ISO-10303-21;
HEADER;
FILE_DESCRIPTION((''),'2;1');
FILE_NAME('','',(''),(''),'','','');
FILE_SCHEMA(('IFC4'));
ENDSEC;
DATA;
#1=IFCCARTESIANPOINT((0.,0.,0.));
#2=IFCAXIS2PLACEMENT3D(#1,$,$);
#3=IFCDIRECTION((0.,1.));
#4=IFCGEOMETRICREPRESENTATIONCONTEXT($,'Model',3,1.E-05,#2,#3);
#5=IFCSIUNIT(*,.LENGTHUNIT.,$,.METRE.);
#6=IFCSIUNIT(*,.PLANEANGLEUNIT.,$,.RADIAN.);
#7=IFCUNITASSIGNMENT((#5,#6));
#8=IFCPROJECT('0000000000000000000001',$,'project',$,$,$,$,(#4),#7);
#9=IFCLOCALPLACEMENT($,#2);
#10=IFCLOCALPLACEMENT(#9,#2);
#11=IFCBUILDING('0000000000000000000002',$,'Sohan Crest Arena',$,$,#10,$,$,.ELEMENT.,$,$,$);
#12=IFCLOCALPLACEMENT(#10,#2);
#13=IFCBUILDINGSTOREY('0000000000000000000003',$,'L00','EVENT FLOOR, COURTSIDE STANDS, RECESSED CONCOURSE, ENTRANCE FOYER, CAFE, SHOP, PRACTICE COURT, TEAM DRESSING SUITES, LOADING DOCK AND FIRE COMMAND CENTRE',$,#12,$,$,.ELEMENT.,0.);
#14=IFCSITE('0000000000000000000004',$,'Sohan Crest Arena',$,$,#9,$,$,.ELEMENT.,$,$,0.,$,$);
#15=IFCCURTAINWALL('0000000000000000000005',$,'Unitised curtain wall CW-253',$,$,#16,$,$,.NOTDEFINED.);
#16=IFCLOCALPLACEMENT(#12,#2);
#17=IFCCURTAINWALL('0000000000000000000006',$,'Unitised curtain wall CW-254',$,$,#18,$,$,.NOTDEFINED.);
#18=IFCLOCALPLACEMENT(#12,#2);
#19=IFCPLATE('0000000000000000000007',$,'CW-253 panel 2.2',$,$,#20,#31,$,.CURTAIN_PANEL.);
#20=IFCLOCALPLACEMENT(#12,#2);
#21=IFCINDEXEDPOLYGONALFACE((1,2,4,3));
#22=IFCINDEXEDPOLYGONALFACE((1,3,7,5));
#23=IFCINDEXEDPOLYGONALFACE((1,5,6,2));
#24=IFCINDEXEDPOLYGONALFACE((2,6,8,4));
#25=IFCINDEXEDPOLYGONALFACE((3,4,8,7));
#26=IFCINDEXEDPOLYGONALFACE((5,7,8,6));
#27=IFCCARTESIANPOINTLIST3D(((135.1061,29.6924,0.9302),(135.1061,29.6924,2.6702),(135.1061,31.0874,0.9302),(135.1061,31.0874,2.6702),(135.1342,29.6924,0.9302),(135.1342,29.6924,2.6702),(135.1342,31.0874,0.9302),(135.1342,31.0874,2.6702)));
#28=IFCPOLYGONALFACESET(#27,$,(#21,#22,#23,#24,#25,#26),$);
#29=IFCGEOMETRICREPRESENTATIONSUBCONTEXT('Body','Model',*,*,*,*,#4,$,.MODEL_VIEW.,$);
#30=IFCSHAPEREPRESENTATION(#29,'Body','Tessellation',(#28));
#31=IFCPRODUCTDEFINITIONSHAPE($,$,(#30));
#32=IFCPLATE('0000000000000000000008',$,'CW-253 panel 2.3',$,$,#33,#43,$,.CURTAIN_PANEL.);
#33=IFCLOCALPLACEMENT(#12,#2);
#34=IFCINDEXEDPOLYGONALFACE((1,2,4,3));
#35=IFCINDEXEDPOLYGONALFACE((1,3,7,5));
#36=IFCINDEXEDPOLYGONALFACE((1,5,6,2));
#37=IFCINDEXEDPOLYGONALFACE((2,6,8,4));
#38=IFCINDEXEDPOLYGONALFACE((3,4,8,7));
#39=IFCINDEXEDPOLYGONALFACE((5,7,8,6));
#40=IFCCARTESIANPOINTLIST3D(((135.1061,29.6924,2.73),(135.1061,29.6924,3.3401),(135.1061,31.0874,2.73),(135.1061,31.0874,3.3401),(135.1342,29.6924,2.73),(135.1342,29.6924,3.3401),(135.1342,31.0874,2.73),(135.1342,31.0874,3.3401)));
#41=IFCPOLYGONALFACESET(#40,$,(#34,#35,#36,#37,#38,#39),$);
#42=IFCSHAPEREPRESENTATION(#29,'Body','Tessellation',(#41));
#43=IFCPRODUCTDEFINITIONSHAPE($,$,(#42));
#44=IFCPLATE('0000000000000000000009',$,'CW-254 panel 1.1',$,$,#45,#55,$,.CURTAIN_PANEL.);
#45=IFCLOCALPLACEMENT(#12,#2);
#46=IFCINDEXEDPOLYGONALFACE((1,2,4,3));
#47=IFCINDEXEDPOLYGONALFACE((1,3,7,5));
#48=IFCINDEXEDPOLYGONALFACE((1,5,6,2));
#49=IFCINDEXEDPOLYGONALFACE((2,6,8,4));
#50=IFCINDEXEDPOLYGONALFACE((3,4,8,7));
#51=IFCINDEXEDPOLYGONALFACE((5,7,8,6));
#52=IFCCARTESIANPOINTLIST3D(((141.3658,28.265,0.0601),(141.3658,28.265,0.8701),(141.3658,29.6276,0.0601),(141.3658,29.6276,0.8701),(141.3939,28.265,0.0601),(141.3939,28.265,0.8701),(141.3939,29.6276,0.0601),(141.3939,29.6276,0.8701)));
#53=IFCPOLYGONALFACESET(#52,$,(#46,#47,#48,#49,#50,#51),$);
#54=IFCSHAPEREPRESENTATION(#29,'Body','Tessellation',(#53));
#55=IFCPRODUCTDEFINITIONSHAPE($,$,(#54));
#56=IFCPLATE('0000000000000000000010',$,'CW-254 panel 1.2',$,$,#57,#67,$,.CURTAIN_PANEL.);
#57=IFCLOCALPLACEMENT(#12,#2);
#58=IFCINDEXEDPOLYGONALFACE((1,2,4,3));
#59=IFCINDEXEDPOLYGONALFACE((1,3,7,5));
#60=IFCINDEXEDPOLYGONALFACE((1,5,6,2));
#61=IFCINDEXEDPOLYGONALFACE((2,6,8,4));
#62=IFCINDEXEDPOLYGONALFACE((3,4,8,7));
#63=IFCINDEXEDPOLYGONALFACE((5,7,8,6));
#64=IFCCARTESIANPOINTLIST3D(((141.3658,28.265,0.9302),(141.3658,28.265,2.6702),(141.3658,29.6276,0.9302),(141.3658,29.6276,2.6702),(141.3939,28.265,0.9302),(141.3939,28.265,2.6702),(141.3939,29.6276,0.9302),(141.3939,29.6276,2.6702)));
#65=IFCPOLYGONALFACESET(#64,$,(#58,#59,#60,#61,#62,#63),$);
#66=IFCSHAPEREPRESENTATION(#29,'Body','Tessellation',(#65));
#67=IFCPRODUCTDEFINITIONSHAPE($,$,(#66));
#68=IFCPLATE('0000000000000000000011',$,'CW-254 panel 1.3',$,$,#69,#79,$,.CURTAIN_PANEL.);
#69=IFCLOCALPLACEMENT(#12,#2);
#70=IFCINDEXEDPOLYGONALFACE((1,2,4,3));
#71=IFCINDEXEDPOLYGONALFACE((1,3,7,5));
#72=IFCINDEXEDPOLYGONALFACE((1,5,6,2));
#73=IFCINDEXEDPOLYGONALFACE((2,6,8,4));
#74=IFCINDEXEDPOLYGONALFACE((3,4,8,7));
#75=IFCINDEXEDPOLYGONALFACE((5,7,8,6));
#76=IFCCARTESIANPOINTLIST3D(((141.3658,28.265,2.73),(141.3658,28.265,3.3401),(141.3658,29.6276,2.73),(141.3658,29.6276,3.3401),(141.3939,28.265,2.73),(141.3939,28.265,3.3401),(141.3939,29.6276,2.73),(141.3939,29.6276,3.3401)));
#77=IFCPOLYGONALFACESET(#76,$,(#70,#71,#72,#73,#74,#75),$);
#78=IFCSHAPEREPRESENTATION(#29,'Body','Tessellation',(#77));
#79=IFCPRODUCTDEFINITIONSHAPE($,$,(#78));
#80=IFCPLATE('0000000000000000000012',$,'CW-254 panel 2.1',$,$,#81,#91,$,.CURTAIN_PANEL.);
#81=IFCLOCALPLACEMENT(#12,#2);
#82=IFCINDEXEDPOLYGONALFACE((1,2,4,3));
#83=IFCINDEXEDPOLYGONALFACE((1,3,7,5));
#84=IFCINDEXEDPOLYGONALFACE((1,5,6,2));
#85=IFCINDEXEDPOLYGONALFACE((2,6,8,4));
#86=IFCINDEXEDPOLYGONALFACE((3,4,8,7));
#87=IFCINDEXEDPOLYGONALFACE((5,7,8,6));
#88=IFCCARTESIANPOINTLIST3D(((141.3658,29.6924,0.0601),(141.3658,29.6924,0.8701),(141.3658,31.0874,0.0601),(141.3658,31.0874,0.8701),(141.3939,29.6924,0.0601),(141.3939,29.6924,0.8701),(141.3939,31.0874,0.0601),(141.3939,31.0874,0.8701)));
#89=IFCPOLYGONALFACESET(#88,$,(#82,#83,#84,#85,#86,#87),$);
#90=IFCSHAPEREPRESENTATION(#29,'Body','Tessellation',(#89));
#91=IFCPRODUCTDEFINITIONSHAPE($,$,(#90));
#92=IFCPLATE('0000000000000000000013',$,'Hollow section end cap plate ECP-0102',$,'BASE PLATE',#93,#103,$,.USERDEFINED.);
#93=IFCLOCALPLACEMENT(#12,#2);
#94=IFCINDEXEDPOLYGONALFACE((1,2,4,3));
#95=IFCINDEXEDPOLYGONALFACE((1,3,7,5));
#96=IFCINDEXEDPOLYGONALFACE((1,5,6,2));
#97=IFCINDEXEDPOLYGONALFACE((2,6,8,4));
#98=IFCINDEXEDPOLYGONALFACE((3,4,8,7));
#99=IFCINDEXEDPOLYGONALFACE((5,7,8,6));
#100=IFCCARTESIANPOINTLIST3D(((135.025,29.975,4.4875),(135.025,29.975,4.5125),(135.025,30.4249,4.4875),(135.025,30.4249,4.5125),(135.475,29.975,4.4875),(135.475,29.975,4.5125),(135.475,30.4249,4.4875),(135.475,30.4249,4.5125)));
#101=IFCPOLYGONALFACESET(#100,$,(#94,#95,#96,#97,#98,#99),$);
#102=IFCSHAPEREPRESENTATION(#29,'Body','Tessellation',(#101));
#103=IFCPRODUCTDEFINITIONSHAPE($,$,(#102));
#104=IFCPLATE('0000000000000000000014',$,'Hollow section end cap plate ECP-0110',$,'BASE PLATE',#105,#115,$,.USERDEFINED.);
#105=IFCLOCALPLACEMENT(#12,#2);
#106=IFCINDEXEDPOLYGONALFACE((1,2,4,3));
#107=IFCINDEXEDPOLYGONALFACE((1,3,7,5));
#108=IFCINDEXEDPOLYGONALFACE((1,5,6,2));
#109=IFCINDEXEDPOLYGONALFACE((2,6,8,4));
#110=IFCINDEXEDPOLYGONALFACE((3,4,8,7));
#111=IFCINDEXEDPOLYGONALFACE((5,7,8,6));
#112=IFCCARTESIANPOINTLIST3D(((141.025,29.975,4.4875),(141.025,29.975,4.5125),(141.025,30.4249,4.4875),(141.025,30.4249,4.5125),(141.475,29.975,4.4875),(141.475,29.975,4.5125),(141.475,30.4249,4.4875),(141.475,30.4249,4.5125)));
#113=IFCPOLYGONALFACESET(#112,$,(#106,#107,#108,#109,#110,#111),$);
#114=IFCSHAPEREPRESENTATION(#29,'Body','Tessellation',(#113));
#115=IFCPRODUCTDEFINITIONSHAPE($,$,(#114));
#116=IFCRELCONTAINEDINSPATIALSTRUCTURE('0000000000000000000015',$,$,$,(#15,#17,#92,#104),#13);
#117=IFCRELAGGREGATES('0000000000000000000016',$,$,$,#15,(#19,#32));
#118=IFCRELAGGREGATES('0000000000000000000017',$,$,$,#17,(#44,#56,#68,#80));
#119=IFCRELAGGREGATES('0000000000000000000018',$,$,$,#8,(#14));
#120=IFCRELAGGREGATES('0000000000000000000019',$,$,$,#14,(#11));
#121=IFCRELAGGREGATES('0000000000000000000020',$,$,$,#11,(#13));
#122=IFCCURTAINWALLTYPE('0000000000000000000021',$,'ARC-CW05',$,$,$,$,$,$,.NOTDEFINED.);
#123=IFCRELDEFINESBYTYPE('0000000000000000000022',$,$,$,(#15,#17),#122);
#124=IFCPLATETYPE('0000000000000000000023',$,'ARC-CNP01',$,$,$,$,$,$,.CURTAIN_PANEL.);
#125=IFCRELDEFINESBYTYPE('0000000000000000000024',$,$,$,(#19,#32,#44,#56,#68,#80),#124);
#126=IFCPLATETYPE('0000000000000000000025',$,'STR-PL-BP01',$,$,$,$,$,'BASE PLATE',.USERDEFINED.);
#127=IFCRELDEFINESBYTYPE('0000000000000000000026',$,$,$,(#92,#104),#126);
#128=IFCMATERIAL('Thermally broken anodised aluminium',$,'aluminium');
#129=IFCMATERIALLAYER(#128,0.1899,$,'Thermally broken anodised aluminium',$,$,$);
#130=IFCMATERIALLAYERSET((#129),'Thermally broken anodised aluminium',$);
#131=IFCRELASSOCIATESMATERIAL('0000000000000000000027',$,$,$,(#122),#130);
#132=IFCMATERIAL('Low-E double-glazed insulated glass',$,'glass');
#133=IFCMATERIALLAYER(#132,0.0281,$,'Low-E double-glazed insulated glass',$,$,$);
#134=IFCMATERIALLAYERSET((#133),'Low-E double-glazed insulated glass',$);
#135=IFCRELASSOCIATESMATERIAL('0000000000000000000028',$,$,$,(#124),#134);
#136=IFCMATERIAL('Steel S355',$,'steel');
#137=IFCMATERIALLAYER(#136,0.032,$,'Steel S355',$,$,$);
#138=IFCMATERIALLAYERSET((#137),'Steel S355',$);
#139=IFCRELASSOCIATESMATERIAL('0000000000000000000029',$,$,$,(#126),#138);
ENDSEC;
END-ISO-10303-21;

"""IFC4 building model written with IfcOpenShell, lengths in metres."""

from ifc_helpers import new_model, si_unit, direction, frame, origin, origin_2d, place, context, subcontext, project, spatial, rectangle, extrude, material, layer, layer_set, type_object, element, aggregate, save


model = new_model("IFC4")

# Units and contexts
model_context = context("Model", 3, precision=1e-05, world=origin(), true_north=direction((0.0, 1.0)))
body_context = subcontext(model_context, "Body", "Model", "MODEL_VIEW")
ifc_project = project(units=[si_unit("LENGTHUNIT", "METRE"), si_unit("PLANEANGLEUNIT", "RADIAN")], contexts=[model_context])

# Site, building, storey
site_placement = place(None, origin())
site = spatial("IfcSite", under=ifc_project, at=site_placement, Name="Sohan Crest Arena", CompositionType="ELEMENT", RefElevation=0.0)
building_placement = place(site_placement, origin())
building = spatial("IfcBuilding", under=site, at=building_placement, Name="Sohan Crest Arena", CompositionType="ELEMENT")
storey_placement = place(building_placement, origin())
storey = spatial("IfcBuildingStorey", under=building, at=storey_placement, Name="L00", Description="EVENT FLOOR, COURTSIDE STANDS, RECESSED CONCOURSE, ENTRANCE FOYER, CAFE, SHOP, PRACTICE COURT, TEAM DRESSING SUITES, LOADING DOCK AND FIRE COMMAND CENTRE", CompositionType="ELEMENT", Elevation=0.0)

# Shared definitions
ifc_material_1 = material(Name="Steel S355", Category="steel")

# Curtain walls
ifc_material_2 = material(Name="Thermally broken anodised aluminium", Category="aluminium")
ifc_layer_1 = layer(ifc_material_2, 0.1899, Name="Thermally broken anodised aluminium")
ifc_layer_set_1 = layer_set([ifc_layer_1], Name="Thermally broken anodised aluminium")
curtain_wall_type = type_object("IfcCurtainWallType", Name="ARC-CW05", PredefinedType="NOTDEFINED", material=ifc_layer_set_1)
curtain_wall_1_placement = place(storey_placement, origin())
curtain_wall_1 = element("IfcCurtainWall", 1, at=curtain_wall_1_placement, inside=storey, type_object=curtain_wall_type, Name="Unitised curtain wall CW-253", PredefinedType="NOTDEFINED")
curtain_wall_2_placement = place(storey_placement, origin())
curtain_wall_2 = element("IfcCurtainWall", 2, at=curtain_wall_2_placement, inside=storey, type_object=curtain_wall_type, Name="Unitised curtain wall CW-254", PredefinedType="NOTDEFINED")

# Plates
ifc_material_3 = material(Name="Low-E double-glazed insulated glass", Category="glass")
ifc_layer_2 = layer(ifc_material_3, 0.0281, Name="Low-E double-glazed insulated glass")
ifc_layer_set_2 = layer_set([ifc_layer_2], Name="Low-E double-glazed insulated glass")
plate_type_1 = type_object("IfcPlateType", Name="ARC-CNP01", PredefinedType="CURTAIN_PANEL", material=ifc_layer_set_2)
plate_1_placement = place(storey_placement, frame((135.1201, 30.3899, 0.9302), z_axis=(0.0, 0.0, 1.0), x_axis=(0.0, 1.0, 0.0)))
plate_1 = element("IfcPlate", 3, at=plate_1_placement, type_object=plate_type_1, Name="CW-253 panel 2.2", PredefinedType="CURTAIN_PANEL", context=body_context, shape_type="SweptSolid", body=[
    extrude(rectangle(XDim=1.395, YDim=0.0281, at=origin_2d()), origin(), (0.0, 0.0, 1.0), 1.74),
])
plate_2_placement = place(storey_placement, frame((135.1201, 30.3899, 2.73), z_axis=(0.0, 0.0, 1.0), x_axis=(0.0, 1.0, 0.0)))
plate_2 = element("IfcPlate", 4, at=plate_2_placement, type_object=plate_type_1, Name="CW-253 panel 2.3", PredefinedType="CURTAIN_PANEL", context=body_context, shape_type="SweptSolid", body=[
    extrude(rectangle(XDim=1.395, YDim=0.0281, at=origin_2d()), origin(), (0.0, 0.0, 1.0), 0.6101),
])
aggregate(curtain_wall_1, [plate_1, plate_2])
plate_3_placement = place(storey_placement, frame((141.3799, 28.9463, 0.0601), z_axis=(0.0, 0.0, 1.0), x_axis=(0.0, 1.0, 0.0)))
plate_3 = element("IfcPlate", 5, at=plate_3_placement, type_object=plate_type_1, Name="CW-254 panel 1.1", PredefinedType="CURTAIN_PANEL", context=body_context, shape_type="SweptSolid", body=[
    extrude(rectangle(XDim=1.3625, YDim=0.0281, at=origin_2d()), origin(), (0.0, 0.0, 1.0), 0.8101),
])
plate_4_placement = place(storey_placement, frame((141.3799, 28.9463, 0.9302), z_axis=(0.0, 0.0, 1.0), x_axis=(0.0, 1.0, 0.0)))
plate_4 = element("IfcPlate", 6, at=plate_4_placement, type_object=plate_type_1, Name="CW-254 panel 1.2", PredefinedType="CURTAIN_PANEL", context=body_context, shape_type="SweptSolid", body=[
    extrude(rectangle(XDim=1.3625, YDim=0.0281, at=origin_2d()), origin(), (0.0, 0.0, 1.0), 1.74),
])
plate_5_placement = place(storey_placement, frame((141.3799, 28.9463, 2.73), z_axis=(0.0, 0.0, 1.0), x_axis=(0.0, 1.0, 0.0)))
plate_5 = element("IfcPlate", 7, at=plate_5_placement, type_object=plate_type_1, Name="CW-254 panel 1.3", PredefinedType="CURTAIN_PANEL", context=body_context, shape_type="SweptSolid", body=[
    extrude(rectangle(XDim=1.3625, YDim=0.0281, at=origin_2d()), origin(), (0.0, 0.0, 1.0), 0.6101),
])
plate_6_placement = place(storey_placement, frame((141.3799, 30.3899, 0.0601), z_axis=(0.0, 0.0, 1.0), x_axis=(0.0, 1.0, 0.0)))
plate_6 = element("IfcPlate", 8, at=plate_6_placement, type_object=plate_type_1, Name="CW-254 panel 2.1", PredefinedType="CURTAIN_PANEL", context=body_context, shape_type="SweptSolid", body=[
    extrude(rectangle(XDim=1.395, YDim=0.0281, at=origin_2d()), origin(), (0.0, 0.0, 1.0), 0.8101),
])
aggregate(curtain_wall_2, [plate_3, plate_4, plate_5, plate_6])

# Plates
ifc_layer_3 = layer(ifc_material_1, 0.032, Name="Steel S355")
ifc_layer_set_3 = layer_set([ifc_layer_3], Name="Steel S355")
plate_type_2 = type_object("IfcPlateType", Name="STR-PL-BP01", ElementType="BASE PLATE", PredefinedType="USERDEFINED", material=ifc_layer_set_3)
for number, where, z_axis, x_axis, name in (
    (9, (135.25, 30.2, 4.4875), (0.0, 0.0, 1.0), (1.0, 0.0, 0.0), "Hollow section end cap plate ECP-0102"),
    (10, (141.25, 30.2, 4.4875), (0.0, 0.0, 1.0), (1.0, 0.0, 0.0), "Hollow section end cap plate ECP-0110"),
):
    element("IfcPlate", number, at=place(storey_placement, frame(where, z_axis=z_axis, x_axis=x_axis)), inside=storey, type_object=plate_type_2, Name=name, ObjectType="BASE PLATE", PredefinedType="USERDEFINED", context=body_context, shape_type="SweptSolid", body=[
        extrude(rectangle(XDim=0.45, YDim=0.45, at=origin_2d()), origin(), (0.0, 0.0, 1.0), 0.0249),
    ])

save(model, "model.ifc")
